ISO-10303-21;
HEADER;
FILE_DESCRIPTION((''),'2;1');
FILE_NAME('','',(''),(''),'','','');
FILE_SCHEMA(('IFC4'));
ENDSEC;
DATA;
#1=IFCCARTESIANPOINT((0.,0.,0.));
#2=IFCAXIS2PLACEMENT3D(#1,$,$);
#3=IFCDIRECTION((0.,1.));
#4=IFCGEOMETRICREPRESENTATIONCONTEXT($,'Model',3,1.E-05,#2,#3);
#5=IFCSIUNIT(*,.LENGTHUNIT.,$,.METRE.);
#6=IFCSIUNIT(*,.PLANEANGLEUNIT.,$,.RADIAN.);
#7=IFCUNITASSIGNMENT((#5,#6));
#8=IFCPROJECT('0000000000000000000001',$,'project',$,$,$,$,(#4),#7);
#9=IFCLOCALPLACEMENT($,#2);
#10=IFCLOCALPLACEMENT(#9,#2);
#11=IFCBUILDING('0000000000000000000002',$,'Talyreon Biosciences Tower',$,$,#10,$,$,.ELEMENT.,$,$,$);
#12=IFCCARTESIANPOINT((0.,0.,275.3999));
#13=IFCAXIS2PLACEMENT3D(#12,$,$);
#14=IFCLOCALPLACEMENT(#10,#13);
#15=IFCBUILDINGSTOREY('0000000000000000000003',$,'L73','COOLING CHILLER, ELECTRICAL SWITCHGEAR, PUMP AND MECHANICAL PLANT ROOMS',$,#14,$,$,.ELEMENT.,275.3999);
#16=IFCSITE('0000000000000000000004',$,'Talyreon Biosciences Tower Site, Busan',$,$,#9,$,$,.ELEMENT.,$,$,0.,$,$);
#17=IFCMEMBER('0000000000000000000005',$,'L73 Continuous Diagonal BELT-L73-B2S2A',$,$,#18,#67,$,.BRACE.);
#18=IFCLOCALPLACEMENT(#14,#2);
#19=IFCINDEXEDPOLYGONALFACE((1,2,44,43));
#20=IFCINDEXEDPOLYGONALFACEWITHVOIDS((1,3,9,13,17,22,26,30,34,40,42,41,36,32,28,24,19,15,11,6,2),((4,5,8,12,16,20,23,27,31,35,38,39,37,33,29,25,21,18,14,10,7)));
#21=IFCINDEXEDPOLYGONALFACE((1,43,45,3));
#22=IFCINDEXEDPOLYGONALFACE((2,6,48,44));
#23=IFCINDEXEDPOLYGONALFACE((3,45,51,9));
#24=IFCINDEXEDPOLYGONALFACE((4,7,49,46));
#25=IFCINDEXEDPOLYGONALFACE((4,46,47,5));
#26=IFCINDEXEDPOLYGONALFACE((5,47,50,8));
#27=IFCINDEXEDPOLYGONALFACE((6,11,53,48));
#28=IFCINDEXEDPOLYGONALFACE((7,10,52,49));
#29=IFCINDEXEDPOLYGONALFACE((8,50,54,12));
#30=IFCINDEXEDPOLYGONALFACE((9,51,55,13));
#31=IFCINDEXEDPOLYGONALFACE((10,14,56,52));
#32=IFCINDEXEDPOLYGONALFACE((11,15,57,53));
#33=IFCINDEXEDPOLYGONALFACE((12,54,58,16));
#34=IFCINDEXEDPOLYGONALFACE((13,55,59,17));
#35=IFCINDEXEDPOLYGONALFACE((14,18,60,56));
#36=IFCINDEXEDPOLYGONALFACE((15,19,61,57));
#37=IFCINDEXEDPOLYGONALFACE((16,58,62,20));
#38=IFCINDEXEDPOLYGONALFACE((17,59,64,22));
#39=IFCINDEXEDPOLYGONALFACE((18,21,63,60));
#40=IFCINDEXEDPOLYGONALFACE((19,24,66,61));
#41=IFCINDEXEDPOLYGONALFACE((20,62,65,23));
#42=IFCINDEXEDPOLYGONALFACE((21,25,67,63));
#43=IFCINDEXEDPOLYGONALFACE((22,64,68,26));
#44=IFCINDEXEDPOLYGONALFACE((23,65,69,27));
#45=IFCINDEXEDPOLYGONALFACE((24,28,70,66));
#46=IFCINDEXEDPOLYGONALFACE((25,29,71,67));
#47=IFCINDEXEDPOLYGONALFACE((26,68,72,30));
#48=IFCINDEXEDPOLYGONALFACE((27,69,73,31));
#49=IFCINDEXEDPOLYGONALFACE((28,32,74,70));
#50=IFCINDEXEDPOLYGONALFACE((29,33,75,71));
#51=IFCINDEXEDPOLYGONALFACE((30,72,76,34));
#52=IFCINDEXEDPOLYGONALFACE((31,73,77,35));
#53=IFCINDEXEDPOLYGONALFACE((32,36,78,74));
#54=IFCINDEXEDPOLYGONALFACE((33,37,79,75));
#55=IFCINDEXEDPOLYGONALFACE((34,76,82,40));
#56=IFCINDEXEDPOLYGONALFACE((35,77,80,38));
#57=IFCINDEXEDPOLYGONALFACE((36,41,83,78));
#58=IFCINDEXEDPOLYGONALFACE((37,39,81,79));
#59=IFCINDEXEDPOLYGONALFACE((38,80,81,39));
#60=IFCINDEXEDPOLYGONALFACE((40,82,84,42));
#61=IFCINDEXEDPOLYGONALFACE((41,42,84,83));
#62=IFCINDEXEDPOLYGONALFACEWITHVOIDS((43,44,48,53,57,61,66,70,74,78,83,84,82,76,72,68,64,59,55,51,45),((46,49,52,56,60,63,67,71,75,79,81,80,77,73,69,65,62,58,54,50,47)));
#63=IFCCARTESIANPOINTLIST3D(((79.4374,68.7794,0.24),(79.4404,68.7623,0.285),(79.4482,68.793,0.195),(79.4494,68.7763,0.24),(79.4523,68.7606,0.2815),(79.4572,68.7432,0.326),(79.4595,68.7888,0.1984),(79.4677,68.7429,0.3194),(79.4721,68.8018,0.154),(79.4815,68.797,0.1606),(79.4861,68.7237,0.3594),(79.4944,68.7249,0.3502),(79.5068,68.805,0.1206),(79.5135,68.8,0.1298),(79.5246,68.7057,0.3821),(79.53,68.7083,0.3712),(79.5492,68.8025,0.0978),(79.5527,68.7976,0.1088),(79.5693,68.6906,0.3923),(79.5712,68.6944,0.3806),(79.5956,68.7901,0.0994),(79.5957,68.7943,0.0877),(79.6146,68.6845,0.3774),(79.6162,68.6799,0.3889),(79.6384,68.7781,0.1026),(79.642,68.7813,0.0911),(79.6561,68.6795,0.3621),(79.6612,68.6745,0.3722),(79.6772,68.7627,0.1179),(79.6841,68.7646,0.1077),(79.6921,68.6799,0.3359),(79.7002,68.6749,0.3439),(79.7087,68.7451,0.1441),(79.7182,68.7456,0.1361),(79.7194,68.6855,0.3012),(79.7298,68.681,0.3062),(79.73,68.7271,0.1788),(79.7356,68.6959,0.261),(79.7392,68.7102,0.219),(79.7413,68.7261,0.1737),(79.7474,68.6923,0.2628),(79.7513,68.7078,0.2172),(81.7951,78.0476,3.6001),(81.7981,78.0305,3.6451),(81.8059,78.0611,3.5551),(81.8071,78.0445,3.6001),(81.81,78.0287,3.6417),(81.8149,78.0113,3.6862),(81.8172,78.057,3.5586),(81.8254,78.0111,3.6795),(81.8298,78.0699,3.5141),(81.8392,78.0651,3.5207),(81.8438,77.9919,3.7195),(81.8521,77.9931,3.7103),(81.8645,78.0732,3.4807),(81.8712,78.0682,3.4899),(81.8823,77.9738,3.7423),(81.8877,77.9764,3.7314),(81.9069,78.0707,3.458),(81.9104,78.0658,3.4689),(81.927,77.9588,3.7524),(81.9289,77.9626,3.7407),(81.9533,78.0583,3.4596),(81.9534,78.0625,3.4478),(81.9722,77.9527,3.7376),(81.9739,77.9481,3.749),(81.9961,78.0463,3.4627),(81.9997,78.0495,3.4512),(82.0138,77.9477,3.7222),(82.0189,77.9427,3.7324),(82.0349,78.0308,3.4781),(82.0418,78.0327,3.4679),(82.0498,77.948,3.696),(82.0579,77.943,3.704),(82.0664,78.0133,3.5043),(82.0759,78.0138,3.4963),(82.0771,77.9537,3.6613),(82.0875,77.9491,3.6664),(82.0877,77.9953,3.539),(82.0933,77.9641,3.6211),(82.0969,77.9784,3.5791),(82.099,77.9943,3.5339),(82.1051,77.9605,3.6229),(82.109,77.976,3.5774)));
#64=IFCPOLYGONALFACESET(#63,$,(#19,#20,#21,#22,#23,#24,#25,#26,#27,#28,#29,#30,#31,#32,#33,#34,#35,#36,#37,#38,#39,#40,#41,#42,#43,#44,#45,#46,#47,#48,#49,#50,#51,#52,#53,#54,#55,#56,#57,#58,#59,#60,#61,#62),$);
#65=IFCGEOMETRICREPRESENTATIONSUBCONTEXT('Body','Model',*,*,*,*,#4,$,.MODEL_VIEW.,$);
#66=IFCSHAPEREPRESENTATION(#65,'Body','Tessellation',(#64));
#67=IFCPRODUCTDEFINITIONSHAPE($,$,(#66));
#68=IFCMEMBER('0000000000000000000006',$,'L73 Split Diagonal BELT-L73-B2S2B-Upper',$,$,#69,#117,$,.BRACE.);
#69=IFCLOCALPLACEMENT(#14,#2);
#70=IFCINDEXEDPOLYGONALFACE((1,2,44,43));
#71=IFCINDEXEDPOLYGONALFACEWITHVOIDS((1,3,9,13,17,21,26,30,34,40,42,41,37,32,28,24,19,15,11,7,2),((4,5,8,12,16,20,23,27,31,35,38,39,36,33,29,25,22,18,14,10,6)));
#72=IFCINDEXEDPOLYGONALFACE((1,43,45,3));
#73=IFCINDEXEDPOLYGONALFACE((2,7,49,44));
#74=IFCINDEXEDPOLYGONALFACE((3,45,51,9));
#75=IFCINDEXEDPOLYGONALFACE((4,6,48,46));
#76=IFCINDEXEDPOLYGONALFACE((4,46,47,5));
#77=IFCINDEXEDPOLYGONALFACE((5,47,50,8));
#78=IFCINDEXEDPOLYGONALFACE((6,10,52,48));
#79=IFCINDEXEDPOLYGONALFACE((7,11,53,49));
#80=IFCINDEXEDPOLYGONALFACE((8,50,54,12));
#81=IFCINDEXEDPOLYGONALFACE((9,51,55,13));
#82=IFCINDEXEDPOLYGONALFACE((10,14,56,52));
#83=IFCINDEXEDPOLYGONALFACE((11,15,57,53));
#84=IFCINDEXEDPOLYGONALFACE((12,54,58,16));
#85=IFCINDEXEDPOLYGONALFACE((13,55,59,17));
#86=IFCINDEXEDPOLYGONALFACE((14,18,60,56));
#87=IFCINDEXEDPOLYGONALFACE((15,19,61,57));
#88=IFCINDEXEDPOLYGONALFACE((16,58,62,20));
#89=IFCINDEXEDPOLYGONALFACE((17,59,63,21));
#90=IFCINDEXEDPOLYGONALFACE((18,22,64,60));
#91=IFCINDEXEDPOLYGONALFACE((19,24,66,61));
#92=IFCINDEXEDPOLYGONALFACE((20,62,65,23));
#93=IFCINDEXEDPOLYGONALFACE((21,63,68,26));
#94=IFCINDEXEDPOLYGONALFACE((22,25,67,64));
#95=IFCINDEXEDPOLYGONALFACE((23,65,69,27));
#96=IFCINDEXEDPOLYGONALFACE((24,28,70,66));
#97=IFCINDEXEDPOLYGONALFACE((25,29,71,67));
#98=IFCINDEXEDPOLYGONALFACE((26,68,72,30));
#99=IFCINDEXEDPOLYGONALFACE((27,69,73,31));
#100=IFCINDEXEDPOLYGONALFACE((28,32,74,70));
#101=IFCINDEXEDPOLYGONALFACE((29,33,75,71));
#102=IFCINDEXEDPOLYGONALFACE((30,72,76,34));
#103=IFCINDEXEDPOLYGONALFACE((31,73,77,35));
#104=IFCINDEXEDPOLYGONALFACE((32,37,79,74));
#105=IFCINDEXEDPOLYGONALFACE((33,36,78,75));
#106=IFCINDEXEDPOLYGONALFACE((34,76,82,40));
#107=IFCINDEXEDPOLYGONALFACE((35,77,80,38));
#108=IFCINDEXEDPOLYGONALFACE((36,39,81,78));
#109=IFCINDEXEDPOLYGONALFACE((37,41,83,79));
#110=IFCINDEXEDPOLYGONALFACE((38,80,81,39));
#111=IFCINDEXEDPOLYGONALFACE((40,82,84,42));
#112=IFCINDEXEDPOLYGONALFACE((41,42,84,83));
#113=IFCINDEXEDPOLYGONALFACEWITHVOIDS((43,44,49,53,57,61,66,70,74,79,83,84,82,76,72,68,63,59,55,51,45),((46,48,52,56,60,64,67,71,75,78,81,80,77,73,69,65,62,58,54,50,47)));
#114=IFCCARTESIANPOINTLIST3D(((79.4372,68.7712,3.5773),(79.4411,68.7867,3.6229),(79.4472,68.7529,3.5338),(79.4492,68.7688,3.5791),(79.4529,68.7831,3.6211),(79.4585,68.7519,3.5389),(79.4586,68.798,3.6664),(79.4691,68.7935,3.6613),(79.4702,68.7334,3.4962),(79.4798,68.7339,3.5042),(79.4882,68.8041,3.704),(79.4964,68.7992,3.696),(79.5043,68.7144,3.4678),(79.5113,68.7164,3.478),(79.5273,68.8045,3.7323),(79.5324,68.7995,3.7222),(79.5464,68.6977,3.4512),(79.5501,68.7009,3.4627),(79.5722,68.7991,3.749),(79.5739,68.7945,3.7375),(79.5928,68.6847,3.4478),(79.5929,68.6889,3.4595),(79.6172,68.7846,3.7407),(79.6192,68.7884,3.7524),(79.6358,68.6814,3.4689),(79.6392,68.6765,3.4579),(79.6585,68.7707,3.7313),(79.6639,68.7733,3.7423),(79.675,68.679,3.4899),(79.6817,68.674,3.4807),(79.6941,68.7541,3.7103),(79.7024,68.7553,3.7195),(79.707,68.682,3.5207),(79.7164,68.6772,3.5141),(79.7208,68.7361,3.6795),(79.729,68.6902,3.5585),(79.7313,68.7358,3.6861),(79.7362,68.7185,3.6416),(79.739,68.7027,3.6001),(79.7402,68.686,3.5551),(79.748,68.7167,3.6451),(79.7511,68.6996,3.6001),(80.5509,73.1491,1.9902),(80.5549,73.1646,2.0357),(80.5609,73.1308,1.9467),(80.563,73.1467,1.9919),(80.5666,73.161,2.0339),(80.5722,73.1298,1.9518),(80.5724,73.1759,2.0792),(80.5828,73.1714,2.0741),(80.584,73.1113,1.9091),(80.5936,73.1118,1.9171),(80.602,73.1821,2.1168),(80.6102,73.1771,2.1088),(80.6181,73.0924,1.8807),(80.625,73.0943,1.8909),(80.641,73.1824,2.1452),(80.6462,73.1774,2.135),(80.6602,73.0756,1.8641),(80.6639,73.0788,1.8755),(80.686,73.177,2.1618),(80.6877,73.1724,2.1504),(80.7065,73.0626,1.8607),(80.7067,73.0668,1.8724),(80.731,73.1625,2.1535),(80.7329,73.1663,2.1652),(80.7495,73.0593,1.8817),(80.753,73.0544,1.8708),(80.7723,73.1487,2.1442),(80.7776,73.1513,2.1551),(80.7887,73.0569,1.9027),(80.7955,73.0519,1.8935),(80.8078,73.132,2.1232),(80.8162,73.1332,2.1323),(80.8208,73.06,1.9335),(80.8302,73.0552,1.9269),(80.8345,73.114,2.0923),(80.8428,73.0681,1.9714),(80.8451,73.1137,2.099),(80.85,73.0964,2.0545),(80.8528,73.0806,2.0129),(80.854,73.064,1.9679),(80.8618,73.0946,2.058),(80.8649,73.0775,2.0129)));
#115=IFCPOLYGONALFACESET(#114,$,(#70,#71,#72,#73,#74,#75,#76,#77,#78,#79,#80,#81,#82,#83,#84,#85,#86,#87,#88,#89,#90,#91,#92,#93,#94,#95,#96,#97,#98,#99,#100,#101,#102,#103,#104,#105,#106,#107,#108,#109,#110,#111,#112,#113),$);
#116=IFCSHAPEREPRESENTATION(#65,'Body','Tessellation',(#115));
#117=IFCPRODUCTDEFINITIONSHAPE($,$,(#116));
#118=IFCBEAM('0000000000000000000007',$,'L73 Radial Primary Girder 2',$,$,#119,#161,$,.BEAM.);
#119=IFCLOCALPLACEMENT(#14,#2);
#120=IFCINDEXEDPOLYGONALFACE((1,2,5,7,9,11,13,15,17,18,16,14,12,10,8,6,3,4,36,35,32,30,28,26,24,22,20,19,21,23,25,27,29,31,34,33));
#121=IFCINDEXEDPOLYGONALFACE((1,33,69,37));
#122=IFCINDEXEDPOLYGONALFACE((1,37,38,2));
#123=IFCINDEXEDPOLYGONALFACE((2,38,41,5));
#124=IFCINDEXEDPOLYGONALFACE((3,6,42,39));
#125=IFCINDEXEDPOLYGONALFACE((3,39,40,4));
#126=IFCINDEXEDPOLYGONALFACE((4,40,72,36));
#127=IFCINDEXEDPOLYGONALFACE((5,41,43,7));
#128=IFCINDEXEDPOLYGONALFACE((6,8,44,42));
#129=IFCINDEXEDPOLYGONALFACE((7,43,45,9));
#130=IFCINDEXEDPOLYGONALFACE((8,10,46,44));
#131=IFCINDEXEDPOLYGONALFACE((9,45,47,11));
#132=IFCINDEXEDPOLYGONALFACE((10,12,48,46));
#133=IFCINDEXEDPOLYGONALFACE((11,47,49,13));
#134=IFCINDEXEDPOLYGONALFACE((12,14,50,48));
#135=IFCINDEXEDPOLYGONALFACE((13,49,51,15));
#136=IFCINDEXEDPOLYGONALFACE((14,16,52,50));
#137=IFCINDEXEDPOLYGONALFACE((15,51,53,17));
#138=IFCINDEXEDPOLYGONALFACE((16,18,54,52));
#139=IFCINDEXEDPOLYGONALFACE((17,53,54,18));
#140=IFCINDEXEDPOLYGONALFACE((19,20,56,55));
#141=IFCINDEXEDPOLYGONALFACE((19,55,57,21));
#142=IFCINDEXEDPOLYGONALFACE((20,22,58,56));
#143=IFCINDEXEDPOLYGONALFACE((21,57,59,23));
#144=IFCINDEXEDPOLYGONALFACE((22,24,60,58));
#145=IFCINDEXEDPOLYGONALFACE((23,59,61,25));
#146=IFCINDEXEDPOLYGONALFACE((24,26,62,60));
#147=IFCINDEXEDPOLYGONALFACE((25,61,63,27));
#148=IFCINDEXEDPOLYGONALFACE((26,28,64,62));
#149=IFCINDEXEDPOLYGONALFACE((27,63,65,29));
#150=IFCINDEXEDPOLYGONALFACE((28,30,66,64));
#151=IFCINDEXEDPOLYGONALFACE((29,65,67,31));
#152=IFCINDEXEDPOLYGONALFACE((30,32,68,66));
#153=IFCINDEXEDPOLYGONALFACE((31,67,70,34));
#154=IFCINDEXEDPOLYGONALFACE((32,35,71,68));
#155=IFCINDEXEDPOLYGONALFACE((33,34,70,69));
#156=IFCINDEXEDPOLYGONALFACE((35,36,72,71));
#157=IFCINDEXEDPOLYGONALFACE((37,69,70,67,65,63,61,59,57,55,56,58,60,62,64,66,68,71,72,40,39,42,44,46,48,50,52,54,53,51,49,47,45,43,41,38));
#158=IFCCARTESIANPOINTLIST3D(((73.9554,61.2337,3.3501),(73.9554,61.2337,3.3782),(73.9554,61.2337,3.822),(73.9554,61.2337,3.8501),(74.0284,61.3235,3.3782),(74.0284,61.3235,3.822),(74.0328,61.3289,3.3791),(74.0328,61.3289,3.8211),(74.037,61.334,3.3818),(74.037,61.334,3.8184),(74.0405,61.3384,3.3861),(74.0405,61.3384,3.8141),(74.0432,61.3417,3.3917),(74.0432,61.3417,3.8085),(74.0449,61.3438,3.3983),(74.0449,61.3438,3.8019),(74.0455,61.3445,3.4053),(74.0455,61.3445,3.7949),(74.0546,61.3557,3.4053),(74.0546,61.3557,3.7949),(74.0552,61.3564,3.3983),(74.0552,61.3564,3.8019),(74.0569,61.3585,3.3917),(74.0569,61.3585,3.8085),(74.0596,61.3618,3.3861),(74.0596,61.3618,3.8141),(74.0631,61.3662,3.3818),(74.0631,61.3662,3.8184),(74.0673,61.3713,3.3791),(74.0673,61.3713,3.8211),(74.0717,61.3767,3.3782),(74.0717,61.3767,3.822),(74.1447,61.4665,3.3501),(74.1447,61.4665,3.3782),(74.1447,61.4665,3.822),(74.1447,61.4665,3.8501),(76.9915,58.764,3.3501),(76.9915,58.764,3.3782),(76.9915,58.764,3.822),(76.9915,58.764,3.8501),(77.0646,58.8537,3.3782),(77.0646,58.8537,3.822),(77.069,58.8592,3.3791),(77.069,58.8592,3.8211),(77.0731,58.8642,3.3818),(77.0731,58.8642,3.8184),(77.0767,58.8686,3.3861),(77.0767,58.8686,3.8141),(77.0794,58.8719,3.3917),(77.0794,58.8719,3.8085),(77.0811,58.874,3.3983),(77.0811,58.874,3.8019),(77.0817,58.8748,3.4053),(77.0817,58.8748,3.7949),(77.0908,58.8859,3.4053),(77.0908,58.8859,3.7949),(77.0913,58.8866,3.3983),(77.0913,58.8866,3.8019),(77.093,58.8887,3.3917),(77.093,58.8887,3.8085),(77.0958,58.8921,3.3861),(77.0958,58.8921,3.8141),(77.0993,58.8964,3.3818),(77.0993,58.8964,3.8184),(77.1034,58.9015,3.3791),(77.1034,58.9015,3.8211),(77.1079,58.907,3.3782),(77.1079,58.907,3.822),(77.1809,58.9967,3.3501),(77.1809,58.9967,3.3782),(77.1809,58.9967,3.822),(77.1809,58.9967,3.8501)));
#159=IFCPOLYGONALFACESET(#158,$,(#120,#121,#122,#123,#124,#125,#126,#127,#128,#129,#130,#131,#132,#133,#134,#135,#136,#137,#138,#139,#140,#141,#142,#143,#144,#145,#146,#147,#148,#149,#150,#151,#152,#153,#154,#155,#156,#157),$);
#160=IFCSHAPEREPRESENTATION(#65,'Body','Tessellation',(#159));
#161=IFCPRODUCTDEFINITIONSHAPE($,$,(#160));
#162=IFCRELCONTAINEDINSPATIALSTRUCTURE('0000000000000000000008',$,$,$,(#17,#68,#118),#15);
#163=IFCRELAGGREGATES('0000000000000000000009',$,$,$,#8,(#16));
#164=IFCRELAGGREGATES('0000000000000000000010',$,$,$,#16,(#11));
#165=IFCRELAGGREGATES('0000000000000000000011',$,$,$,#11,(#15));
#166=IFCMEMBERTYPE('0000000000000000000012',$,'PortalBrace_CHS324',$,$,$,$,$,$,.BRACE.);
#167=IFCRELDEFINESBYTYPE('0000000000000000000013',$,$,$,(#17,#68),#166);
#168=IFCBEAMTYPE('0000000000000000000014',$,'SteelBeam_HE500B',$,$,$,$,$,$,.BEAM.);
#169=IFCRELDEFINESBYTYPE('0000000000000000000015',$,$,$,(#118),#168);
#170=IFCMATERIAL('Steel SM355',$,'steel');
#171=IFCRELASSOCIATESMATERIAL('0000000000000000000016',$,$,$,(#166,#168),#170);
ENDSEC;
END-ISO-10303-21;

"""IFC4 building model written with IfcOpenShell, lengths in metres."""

from ifc_helpers import new_model, si_unit, direction, frame, origin, origin_2d, place, context, subcontext, project, spatial, hollow_circle, i_section, extrude, material, material_profile, profile_set, type_object, element, save


model = new_model("IFC4")

# Units and contexts
model_context = context("Model", 3, precision=1e-05, world=origin(), true_north=direction((0.0, 1.0)))
body_context = subcontext(model_context, "Body", "Model", "MODEL_VIEW")
ifc_project = project(units=[si_unit("LENGTHUNIT", "METRE"), si_unit("PLANEANGLEUNIT", "RADIAN")], contexts=[model_context])

# Site, building, storey
site_placement = place(None, origin())
site = spatial("IfcSite", under=ifc_project, at=site_placement, Name="Talyreon Biosciences Tower Site, Busan", CompositionType="ELEMENT", RefElevation=0.0)
building_placement = place(site_placement, origin())
building = spatial("IfcBuilding", under=site, at=building_placement, Name="Talyreon Biosciences Tower", CompositionType="ELEMENT")
storey_placement = place(building_placement, frame((0.0, 0.0, 275.3999)))
storey = spatial("IfcBuildingStorey", under=building, at=storey_placement, Name="L73", Description="COOLING CHILLER, ELECTRICAL SWITCHGEAR, PUMP AND MECHANICAL PLANT ROOMS", CompositionType="ELEMENT", Elevation=275.3999)

# Shared definitions
ifc_material_1 = material(Name="Steel SM355", Category="steel")

# Members
ifc_material_profile_1 = material_profile(ifc_material_1, hollow_circle(Radius=0.1619, WallThickness=0.0125, at=origin_2d()), Name="CHS 323.9x12.5")
ifc_profile_set_1 = profile_set([ifc_material_profile_1], Name="Steel SM355")
member_type_1 = type_object("IfcMemberType", Name="PortalBrace_CHS324", PredefinedType="BRACE", material=ifc_profile_set_1)
member_1_placement = place(storey_placement, frame((79.5942, 68.7395, 0.24), z_axis=(0.232595, 0.914338, 0.33149), x_axis=(-0.969134, 0.246534, 0.0)))
element("IfcMember", 1, at=member_1_placement, inside=storey, type_object=member_type_1, Name="L73 Continuous Diagonal BELT-L73-B2S2A", PredefinedType="BRACE", context=body_context, shape_type="SweptSolid", body=[
    extrude(hollow_circle(Radius=0.1619, WallThickness=0.0125, at=origin_2d()), origin(), (0.0, 0.0, 1.0), 10.1365),
])
member_2_placement = place(storey_placement, frame((80.708, 73.1174, 2.0129), z_axis=(-0.232612, -0.914337, 0.33148), x_axis=(0.96913, -0.246552, 0.0)))
element("IfcMember", 2, at=member_2_placement, inside=storey, type_object=member_type_1, Name="L73 Split Diagonal BELT-L73-B2S2B-Upper", PredefinedType="BRACE", context=body_context, shape_type="SweptSolid", body=[
    extrude(hollow_circle(Radius=0.1619, WallThickness=0.0125, at=origin_2d()), origin(), (0.0, 0.0, 1.0), 4.7881),
])

# Beam
ifc_material_profile_2 = material_profile(ifc_material_1, i_section(OverallWidth=0.3, OverallDepth=0.5, WebThickness=0.0144, FlangeThickness=0.0281, FilletRadius=0.0271, at=origin_2d()), Name="HE500B")
ifc_profile_set_2 = profile_set([ifc_material_profile_2], Name="Steel SM355")
beam_type_1 = type_object("IfcBeamType", Name="SteelBeam_HE500B", PredefinedType="BEAM", material=ifc_profile_set_2)
beam_1_placement = place(storey_placement, frame((74.05, 61.3501, 3.6001), z_axis=(0.775755, -0.631034, 0.0), x_axis=(0.631034, 0.775755, 0.0)))
element("IfcBeam", 3, at=beam_1_placement, inside=storey, type_object=beam_type_1, Name="L73 Radial Primary Girder 2", PredefinedType="BEAM", context=body_context, shape_type="SweptSolid", body=[
    extrude(i_section(OverallWidth=0.3, OverallDepth=0.5, WebThickness=0.0144, FlangeThickness=0.0281, FilletRadius=0.0271, at=origin_2d()), origin(), (0.0, 0.0, 1.0), 3.9138),
])

save(model, "model.ifc")
